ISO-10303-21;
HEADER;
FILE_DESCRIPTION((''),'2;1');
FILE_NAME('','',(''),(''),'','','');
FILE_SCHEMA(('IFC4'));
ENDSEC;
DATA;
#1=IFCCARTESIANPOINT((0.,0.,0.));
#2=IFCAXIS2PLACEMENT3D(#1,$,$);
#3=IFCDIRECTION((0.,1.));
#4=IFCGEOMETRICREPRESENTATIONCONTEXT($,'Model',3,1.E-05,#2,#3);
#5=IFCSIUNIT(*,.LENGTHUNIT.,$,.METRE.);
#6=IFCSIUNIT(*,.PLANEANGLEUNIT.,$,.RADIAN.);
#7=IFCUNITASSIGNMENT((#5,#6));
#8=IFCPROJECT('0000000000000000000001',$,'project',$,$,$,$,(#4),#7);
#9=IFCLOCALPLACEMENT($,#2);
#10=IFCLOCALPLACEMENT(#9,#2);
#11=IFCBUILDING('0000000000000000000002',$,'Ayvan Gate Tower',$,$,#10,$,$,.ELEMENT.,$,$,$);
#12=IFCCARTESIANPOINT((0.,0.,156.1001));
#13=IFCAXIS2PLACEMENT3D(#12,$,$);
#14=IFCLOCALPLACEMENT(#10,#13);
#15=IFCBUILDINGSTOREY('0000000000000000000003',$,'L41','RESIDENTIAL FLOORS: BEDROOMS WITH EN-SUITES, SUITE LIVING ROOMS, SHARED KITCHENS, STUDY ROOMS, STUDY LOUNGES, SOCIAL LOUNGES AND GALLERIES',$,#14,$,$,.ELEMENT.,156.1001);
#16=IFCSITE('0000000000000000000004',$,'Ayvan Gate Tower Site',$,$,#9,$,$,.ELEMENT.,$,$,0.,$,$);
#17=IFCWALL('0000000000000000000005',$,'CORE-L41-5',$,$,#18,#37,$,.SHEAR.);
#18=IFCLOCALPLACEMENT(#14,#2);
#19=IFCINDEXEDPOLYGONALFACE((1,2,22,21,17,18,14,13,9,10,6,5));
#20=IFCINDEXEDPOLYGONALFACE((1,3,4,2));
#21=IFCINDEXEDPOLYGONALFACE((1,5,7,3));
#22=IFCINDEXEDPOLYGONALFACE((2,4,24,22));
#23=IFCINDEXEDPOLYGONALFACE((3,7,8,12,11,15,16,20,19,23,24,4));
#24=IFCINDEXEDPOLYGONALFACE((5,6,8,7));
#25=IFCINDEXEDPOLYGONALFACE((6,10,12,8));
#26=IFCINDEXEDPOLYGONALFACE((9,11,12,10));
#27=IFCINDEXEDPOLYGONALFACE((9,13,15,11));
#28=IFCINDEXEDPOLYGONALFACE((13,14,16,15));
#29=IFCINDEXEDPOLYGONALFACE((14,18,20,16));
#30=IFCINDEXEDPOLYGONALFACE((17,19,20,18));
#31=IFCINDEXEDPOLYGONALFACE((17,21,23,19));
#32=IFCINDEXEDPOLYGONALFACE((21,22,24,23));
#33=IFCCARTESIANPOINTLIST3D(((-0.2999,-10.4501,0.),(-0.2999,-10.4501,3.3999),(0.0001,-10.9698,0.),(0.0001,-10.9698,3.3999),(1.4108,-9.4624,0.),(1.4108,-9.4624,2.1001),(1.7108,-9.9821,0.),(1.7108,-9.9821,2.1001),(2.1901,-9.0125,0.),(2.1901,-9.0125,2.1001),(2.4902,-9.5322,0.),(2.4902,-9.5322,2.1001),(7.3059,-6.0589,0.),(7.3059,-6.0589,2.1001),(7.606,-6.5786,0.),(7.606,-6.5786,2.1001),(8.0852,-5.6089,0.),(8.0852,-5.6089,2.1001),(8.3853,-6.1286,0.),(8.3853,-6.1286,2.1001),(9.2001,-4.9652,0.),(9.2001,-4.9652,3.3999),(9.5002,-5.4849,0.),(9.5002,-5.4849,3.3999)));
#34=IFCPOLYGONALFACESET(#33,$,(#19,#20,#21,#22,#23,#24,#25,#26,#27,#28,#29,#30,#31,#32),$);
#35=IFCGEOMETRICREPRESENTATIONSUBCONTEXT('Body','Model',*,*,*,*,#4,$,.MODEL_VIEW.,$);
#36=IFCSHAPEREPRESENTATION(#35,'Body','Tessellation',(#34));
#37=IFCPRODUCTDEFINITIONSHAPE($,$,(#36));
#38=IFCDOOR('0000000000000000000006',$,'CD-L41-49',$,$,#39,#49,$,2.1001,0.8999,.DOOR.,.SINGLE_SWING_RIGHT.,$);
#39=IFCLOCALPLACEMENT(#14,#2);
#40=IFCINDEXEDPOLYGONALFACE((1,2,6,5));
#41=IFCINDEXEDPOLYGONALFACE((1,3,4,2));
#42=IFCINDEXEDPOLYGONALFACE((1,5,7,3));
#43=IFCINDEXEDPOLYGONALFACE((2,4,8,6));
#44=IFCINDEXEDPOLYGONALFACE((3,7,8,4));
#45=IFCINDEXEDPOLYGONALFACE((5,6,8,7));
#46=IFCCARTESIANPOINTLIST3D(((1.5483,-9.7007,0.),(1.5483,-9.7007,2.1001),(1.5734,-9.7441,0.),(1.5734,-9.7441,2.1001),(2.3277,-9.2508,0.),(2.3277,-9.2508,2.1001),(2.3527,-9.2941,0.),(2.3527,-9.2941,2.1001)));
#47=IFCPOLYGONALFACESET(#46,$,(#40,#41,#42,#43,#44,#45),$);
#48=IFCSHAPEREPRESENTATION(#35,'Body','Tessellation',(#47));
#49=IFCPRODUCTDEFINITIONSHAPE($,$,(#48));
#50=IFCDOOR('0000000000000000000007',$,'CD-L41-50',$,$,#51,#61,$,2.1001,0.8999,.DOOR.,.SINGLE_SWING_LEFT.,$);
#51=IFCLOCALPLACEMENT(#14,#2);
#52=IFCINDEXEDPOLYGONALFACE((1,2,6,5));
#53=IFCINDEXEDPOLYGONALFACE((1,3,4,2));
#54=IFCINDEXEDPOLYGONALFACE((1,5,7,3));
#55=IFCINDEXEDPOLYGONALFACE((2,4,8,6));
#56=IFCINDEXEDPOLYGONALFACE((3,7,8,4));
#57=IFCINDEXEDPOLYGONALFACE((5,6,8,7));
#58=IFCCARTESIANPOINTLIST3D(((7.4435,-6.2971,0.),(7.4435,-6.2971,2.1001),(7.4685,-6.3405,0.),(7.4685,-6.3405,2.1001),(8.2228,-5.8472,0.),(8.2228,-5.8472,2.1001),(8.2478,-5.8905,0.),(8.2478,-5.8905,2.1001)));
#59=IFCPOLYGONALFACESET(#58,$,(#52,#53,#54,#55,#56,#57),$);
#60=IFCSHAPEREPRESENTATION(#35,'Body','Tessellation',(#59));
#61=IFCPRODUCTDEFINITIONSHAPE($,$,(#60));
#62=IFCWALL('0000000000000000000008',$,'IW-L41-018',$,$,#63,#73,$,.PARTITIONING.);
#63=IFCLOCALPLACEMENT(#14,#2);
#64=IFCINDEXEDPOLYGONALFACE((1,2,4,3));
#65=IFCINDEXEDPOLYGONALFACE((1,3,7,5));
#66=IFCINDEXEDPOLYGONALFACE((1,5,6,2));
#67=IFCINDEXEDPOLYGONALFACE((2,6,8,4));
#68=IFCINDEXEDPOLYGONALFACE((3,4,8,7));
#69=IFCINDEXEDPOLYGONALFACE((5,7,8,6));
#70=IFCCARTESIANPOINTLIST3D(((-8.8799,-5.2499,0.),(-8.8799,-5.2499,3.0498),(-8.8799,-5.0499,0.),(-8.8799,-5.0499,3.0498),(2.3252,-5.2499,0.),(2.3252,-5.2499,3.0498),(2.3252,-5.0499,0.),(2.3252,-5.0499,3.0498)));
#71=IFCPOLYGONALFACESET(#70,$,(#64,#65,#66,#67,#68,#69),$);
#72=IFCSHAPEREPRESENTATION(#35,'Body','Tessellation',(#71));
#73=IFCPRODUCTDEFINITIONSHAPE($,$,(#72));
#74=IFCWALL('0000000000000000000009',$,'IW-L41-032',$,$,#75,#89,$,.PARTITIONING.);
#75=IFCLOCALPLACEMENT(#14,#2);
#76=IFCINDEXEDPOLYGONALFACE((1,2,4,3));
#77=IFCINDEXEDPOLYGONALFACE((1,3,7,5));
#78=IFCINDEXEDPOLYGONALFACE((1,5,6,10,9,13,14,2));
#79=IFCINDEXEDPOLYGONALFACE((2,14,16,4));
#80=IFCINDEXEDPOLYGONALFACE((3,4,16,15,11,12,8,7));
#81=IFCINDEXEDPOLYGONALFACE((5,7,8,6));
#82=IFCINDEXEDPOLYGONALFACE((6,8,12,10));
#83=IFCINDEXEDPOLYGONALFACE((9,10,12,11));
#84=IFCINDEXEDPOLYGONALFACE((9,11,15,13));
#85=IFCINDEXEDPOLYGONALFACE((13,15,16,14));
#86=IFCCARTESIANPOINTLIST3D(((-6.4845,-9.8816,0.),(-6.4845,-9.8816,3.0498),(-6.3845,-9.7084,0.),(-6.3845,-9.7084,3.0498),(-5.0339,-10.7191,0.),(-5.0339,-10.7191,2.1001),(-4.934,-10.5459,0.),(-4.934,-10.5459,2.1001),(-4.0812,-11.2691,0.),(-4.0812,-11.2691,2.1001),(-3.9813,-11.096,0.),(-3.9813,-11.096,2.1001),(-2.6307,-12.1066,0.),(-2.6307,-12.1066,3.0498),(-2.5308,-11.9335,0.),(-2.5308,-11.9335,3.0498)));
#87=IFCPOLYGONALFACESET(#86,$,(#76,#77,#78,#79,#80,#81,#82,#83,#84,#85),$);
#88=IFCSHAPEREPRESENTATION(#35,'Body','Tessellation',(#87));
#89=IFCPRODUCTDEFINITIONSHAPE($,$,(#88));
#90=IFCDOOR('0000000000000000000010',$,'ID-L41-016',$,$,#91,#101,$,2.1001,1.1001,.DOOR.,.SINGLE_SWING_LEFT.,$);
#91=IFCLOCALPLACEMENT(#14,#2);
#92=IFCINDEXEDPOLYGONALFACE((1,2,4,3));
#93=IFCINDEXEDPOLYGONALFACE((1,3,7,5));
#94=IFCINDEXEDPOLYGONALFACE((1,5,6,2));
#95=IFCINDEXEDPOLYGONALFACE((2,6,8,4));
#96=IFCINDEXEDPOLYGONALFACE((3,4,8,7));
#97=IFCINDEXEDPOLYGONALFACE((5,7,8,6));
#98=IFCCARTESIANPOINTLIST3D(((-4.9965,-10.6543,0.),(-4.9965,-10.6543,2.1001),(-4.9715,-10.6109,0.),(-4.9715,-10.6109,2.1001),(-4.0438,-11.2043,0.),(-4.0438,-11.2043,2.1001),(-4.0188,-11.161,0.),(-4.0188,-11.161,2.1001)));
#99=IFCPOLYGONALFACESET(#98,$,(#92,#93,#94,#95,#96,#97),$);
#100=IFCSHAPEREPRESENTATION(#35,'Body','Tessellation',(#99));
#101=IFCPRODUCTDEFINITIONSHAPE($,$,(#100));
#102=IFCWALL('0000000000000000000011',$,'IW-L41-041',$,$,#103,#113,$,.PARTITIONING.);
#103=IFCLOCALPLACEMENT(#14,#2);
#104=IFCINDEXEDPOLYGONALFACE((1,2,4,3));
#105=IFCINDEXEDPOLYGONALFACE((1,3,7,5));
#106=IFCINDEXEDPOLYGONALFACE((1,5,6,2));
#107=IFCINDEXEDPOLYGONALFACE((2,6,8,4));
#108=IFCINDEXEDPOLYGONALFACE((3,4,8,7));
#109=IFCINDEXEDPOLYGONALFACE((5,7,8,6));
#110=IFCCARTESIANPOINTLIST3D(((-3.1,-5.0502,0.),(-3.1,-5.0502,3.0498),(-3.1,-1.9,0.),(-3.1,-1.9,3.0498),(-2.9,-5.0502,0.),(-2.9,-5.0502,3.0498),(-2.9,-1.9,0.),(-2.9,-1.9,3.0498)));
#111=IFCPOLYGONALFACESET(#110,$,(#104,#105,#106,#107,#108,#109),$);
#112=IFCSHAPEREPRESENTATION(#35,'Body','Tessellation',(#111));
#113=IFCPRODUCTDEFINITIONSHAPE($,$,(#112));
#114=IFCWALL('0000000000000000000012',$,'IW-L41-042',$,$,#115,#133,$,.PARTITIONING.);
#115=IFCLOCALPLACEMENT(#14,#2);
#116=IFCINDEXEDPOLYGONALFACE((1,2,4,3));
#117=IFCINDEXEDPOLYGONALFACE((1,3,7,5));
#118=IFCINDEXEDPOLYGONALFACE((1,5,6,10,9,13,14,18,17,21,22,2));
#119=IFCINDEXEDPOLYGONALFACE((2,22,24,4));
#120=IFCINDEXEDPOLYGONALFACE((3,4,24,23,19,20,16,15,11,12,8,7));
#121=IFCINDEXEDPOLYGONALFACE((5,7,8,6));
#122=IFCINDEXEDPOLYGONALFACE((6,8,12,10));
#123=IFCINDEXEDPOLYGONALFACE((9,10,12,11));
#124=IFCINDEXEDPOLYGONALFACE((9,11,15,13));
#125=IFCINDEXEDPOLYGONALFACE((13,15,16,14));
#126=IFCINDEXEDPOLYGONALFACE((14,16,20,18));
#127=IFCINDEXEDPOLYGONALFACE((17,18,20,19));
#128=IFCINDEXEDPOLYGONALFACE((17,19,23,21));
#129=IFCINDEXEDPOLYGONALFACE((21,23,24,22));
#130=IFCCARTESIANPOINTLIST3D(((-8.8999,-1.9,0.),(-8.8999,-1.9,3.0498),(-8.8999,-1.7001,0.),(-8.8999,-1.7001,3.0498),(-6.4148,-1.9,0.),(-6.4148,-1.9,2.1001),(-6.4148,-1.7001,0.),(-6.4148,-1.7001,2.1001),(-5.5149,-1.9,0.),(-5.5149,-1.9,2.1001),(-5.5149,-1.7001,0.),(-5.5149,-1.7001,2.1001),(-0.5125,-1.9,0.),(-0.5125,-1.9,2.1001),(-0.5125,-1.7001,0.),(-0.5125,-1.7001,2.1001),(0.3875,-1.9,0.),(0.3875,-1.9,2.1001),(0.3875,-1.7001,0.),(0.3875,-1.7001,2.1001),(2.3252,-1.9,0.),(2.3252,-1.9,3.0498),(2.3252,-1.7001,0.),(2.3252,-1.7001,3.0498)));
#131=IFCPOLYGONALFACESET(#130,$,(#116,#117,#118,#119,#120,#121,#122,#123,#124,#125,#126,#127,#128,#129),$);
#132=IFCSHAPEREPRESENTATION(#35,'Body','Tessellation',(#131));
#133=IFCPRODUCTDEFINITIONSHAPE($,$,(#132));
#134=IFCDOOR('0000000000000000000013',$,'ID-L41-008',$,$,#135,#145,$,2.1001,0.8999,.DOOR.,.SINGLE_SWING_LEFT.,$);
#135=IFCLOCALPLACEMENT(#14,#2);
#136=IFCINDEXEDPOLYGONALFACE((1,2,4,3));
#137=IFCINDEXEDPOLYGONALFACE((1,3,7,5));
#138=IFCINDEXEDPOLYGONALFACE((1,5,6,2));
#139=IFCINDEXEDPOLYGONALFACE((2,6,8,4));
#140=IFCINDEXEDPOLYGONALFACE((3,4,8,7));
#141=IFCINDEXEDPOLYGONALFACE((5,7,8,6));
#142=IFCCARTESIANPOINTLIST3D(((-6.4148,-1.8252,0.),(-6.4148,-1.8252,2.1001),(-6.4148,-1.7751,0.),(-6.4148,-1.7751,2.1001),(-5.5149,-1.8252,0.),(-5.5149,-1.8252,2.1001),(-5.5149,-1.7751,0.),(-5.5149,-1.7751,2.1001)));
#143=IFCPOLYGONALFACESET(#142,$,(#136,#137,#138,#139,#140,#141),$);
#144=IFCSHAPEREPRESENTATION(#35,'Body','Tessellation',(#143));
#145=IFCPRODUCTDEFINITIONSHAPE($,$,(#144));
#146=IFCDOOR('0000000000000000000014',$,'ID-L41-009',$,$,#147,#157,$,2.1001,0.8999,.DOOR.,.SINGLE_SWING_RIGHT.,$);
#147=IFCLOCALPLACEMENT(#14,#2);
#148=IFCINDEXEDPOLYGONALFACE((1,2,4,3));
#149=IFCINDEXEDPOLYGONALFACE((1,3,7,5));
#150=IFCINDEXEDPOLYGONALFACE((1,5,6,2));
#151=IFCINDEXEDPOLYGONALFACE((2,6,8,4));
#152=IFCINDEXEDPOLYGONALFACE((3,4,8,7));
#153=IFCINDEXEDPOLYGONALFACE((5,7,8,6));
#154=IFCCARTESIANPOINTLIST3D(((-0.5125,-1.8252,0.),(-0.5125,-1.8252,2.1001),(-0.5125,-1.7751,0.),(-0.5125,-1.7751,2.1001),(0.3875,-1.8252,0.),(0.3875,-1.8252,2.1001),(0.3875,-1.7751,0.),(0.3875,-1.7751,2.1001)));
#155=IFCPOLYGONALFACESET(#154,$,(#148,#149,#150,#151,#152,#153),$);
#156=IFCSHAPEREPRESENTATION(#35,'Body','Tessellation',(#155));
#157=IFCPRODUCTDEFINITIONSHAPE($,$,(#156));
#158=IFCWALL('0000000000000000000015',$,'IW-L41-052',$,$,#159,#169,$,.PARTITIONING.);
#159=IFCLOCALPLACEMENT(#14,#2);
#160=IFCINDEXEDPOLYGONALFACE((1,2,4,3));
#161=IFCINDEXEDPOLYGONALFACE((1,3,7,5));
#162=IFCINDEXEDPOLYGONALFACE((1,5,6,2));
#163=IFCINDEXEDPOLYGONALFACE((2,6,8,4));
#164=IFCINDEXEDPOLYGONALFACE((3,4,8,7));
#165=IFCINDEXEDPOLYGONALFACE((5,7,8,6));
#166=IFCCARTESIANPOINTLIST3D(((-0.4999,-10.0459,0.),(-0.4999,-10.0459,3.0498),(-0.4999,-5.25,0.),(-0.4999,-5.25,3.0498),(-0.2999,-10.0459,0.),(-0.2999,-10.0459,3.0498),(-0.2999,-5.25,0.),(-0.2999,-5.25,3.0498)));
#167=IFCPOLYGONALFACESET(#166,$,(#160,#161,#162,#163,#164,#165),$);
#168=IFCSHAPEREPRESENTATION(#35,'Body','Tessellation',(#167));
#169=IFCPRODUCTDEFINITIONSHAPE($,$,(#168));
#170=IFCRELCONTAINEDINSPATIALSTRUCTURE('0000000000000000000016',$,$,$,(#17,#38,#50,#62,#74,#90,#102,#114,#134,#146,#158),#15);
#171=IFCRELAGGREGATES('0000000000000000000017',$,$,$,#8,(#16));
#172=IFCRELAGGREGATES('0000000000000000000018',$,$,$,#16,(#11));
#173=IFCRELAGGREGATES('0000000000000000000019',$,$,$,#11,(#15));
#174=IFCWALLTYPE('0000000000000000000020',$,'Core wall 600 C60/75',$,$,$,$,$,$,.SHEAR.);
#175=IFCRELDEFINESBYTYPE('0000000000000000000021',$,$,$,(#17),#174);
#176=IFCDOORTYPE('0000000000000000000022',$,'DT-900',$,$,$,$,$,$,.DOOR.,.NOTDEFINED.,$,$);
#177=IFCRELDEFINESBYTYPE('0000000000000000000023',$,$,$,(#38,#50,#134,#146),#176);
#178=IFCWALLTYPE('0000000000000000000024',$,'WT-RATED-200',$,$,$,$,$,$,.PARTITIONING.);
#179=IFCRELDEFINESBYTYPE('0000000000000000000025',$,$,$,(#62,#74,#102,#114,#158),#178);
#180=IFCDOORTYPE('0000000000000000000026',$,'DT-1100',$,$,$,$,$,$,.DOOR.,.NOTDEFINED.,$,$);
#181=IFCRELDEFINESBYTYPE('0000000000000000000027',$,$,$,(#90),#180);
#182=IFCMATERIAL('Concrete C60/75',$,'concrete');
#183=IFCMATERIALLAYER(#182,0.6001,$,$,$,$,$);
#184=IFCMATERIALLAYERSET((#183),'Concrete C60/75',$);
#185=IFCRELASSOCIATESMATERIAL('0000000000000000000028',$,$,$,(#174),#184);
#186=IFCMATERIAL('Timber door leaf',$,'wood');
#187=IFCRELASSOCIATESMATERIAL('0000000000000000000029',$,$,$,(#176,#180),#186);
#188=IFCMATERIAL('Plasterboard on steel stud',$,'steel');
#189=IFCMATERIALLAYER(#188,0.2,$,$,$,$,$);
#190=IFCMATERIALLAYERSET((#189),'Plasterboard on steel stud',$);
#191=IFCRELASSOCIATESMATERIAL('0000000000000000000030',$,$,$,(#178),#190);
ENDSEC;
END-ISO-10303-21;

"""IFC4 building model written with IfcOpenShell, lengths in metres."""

from ifc_helpers import new_model, si_unit, direction, frame, frame_2d, origin, place, context, subcontext, project, spatial, rectangle, extrude, material, layer, layer_set, type_object, element, fill, save


model = new_model("IFC4")

# Units and contexts
model_context = context("Model", 3, precision=1e-05, world=origin(), true_north=direction((0.0, 1.0)))
body_context = subcontext(model_context, "Body", "Model", "MODEL_VIEW")
ifc_project = project(units=[si_unit("LENGTHUNIT", "METRE"), si_unit("PLANEANGLEUNIT", "RADIAN")], contexts=[model_context])

# Site, building, storey
site_placement = place(None, origin())
site = spatial("IfcSite", under=ifc_project, at=site_placement, Name="Ayvan Gate Tower Site", CompositionType="ELEMENT", RefElevation=0.0)
building_placement = place(site_placement, origin())
building = spatial("IfcBuilding", under=site, at=building_placement, Name="Ayvan Gate Tower", CompositionType="ELEMENT")
storey_placement = place(building_placement, frame((0.0, 0.0, 156.1001)))
storey = spatial("IfcBuildingStorey", under=building, at=storey_placement, Name="L41", Description="RESIDENTIAL FLOORS: BEDROOMS WITH EN-SUITES, SUITE LIVING ROOMS, SHARED KITCHENS, STUDY ROOMS, STUDY LOUNGES, SOCIAL LOUNGES AND GALLERIES", CompositionType="ELEMENT", Elevation=156.1001)

# Wall, openings, doors
ifc_material_1 = material(Name="Concrete C60/75", Category="concrete")
ifc_layer_1 = layer(ifc_material_1, 0.6001)
ifc_layer_set_1 = layer_set([ifc_layer_1], Name="Concrete C60/75")
wall_type_1 = type_object("IfcWallType", Name="Core wall 600 C60/75", PredefinedType="SHEAR", material=ifc_layer_set_1)
wall_1_placement = place(storey_placement, frame((-0.1499, -10.71, 0.0), z_axis=(0.0, 0.0, 1.0), x_axis=(0.866024, 0.500002, 0.0)))
wall_1 = element("IfcWall", 1, at=wall_1_placement, inside=storey, type_object=wall_type_1, Name="CORE-L41-5", PredefinedType="SHEAR", context=body_context, shape_type="SweptSolid", body=[
    extrude(rectangle(XDim=10.9697, YDim=0.6001, at=frame_2d((5.4849, 0.0))), origin(), (0.0, 0.0, 1.0), 3.3999),
])
opening_1_placement = place(wall_1_placement, frame((1.9753, 0.0, 0.0)))
opening_1 = element("IfcOpeningElement", 2, at=opening_1_placement, cuts=wall_1, PredefinedType="OPENING", context=body_context, shape_type="SweptSolid", body=[
    extrude(rectangle(XDim=0.8999, YDim=2.1001, at=frame_2d((0.45, 1.05))), frame((0.0, 0.3101, 0.0), z_axis=(0.0, -1.0, 0.0), x_axis=(1.0, 0.0, 0.0)), (0.0, 0.0, 1.0), 0.6201),
])
opening_2_placement = place(wall_1_placement, frame((8.7825, 0.0, 0.0)))
opening_2 = element("IfcOpeningElement", 3, at=opening_2_placement, cuts=wall_1, PredefinedType="OPENING", context=body_context, shape_type="SweptSolid", body=[
    extrude(rectangle(XDim=0.8999, YDim=2.1001, at=frame_2d((0.45, 1.05))), frame((0.0, 0.3101, 0.0), z_axis=(0.0, -1.0, 0.0), x_axis=(1.0, 0.0, 0.0)), (0.0, 0.0, 1.0), 0.6201),
])
ifc_material_2 = material(Name="Timber door leaf", Category="wood")
door_type_1 = type_object("IfcDoorType", Name="DT-900", OperationType="NOTDEFINED", PredefinedType="DOOR", material=ifc_material_2)
door_1_placement = place(opening_1_placement, origin())
door_1 = element("IfcDoor", 4, at=door_1_placement, inside=storey, type_object=door_type_1, Name="CD-L41-49", OperationType="SINGLE_SWING_RIGHT", OverallHeight=2.1001, OverallWidth=0.8999, PredefinedType="DOOR", context=body_context, shape_type="SweptSolid", body=[
    extrude(rectangle(XDim=0.8999, YDim=2.1001, at=frame_2d((0.45, 1.05))), frame((0.0, 0.0249, 0.0), z_axis=(0.0, -1.0, 0.0), x_axis=(1.0, 0.0, 0.0)), (0.0, 0.0, 1.0), 0.05),
])
fill(opening_1, door_1)
door_2_placement = place(opening_2_placement, origin())
door_2 = element("IfcDoor", 5, at=door_2_placement, inside=storey, type_object=door_type_1, Name="CD-L41-50", OperationType="SINGLE_SWING_LEFT", OverallHeight=2.1001, OverallWidth=0.8999, PredefinedType="DOOR", context=body_context, shape_type="SweptSolid", body=[
    extrude(rectangle(XDim=0.8999, YDim=2.1001, at=frame_2d((0.45, 1.05))), frame((0.0, 0.0249, 0.0), z_axis=(0.0, -1.0, 0.0), x_axis=(1.0, 0.0, 0.0)), (0.0, 0.0, 1.0), 0.05),
])
fill(opening_2, door_2)

# Wall
ifc_material_3 = material(Name="Plasterboard on steel stud", Category="steel")
ifc_layer_2 = layer(ifc_material_3, 0.2)
ifc_layer_set_2 = layer_set([ifc_layer_2], Name="Plasterboard on steel stud")
wall_type_2 = type_object("IfcWallType", Name="WT-RATED-200", PredefinedType="PARTITIONING", material=ifc_layer_set_2)
wall_2_placement = place(storey_placement, frame((-8.8799, -5.1499, 0.0), z_axis=(0.0, 0.0, 1.0), x_axis=(1.0, 0.0, 0.0)))
element("IfcWall", 6, at=wall_2_placement, inside=storey, type_object=wall_type_2, Name="IW-L41-018", PredefinedType="PARTITIONING", context=body_context, shape_type="SweptSolid", body=[
    extrude(rectangle(XDim=11.2051, YDim=0.2, at=frame_2d((5.6025, 0.0))), origin(), (0.0, 0.0, 1.0), 3.0498),
])

# Wall, opening, door
wall_3_placement = place(storey_placement, frame((-6.4346, -9.7949, 0.0), z_axis=(0.0, 0.0, 1.0), x_axis=(0.866013, -0.500022, 0.0)))
wall_3 = element("IfcWall", 7, at=wall_3_placement, inside=storey, type_object=wall_type_2, Name="IW-L41-032", PredefinedType="PARTITIONING", context=body_context, shape_type="SweptSolid", body=[
    extrude(rectangle(XDim=4.45, YDim=0.2, at=frame_2d((2.2251, 0.0))), origin(), (0.0, 0.0, 1.0), 3.0498),
])
opening_3_placement = place(wall_3_placement, frame((1.675, 0.0, 0.0)))
opening_3 = element("IfcOpeningElement", 8, at=opening_3_placement, cuts=wall_3, PredefinedType="OPENING", context=body_context, shape_type="SweptSolid", body=[
    extrude(rectangle(XDim=1.1001, YDim=2.1001, at=frame_2d((0.55, 1.05))), frame((0.0, 0.1099, 0.0), z_axis=(0.0, -1.0, 0.0), x_axis=(1.0, 0.0, 0.0)), (0.0, 0.0, 1.0), 0.22),
])
door_type_2 = type_object("IfcDoorType", Name="DT-1100", OperationType="NOTDEFINED", PredefinedType="DOOR", material=ifc_material_2)
door_3_placement = place(opening_3_placement, origin())
door_3 = element("IfcDoor", 9, at=door_3_placement, inside=storey, type_object=door_type_2, Name="ID-L41-016", OperationType="SINGLE_SWING_LEFT", OverallHeight=2.1001, OverallWidth=1.1001, PredefinedType="DOOR", context=body_context, shape_type="SweptSolid", body=[
    extrude(rectangle(XDim=1.1001, YDim=2.1001, at=frame_2d((0.55, 1.05))), frame((0.0, 0.0249, 0.0), z_axis=(0.0, -1.0, 0.0), x_axis=(1.0, 0.0, 0.0)), (0.0, 0.0, 1.0), 0.05),
])
fill(opening_3, door_3)

# Wall
wall_4_placement = place(storey_placement, frame((-3.0, -1.8999, 0.0), z_axis=(0.0, 0.0, 1.0), x_axis=(0.0, -1.0, 0.0)))
element("IfcWall", 10, at=wall_4_placement, inside=storey, type_object=wall_type_2, Name="IW-L41-041", PredefinedType="PARTITIONING", context=body_context, shape_type="SweptSolid", body=[
    extrude(rectangle(XDim=3.1501, YDim=0.2, at=frame_2d((1.5752, 0.0))), origin(), (0.0, 0.0, 1.0), 3.0498),
])

# Wall, openings, doors
wall_5_placement = place(storey_placement, frame((-8.8999, -1.8, 0.0), z_axis=(0.0, 0.0, 1.0), x_axis=(1.0, 0.0, 0.0)))
wall_5 = element("IfcWall", 11, at=wall_5_placement, inside=storey, type_object=wall_type_2, Name="IW-L41-042", PredefinedType="PARTITIONING", context=body_context, shape_type="SweptSolid", body=[
    extrude(rectangle(XDim=11.2251, YDim=0.2, at=frame_2d((5.6125, 0.0))), origin(), (0.0, 0.0, 1.0), 3.0498),
])
opening_4_placement = place(wall_5_placement, frame((2.4851, 0.0, 0.0)))
opening_4 = element("IfcOpeningElement", 12, at=opening_4_placement, cuts=wall_5, PredefinedType="OPENING", context=body_context, shape_type="SweptSolid", body=[
    extrude(rectangle(XDim=0.8999, YDim=2.1001, at=frame_2d((0.45, 1.05))), frame((0.0, 0.1099, 0.0), z_axis=(0.0, -1.0, 0.0), x_axis=(1.0, 0.0, 0.0)), (0.0, 0.0, 1.0), 0.22),
])
opening_5_placement = place(wall_5_placement, frame((8.3875, 0.0, 0.0)))
opening_5 = element("IfcOpeningElement", 13, at=opening_5_placement, cuts=wall_5, PredefinedType="OPENING", context=body_context, shape_type="SweptSolid", body=[
    extrude(rectangle(XDim=0.8999, YDim=2.1001, at=frame_2d((0.45, 1.05))), frame((0.0, 0.1099, 0.0), z_axis=(0.0, -1.0, 0.0), x_axis=(1.0, 0.0, 0.0)), (0.0, 0.0, 1.0), 0.22),
])
door_4_placement = place(opening_4_placement, origin())
door_4 = element("IfcDoor", 14, at=door_4_placement, inside=storey, type_object=door_type_1, Name="ID-L41-008", OperationType="SINGLE_SWING_LEFT", OverallHeight=2.1001, OverallWidth=0.8999, PredefinedType="DOOR", context=body_context, shape_type="SweptSolid", body=[
    extrude(rectangle(XDim=0.8999, YDim=2.1001, at=frame_2d((0.45, 1.05))), frame((0.0, 0.0249, 0.0), z_axis=(0.0, -1.0, 0.0), x_axis=(1.0, 0.0, 0.0)), (0.0, 0.0, 1.0), 0.05),
])
fill(opening_4, door_4)
door_5_placement = place(opening_5_placement, origin())
door_5 = element("IfcDoor", 15, at=door_5_placement, inside=storey, type_object=door_type_1, Name="ID-L41-009", OperationType="SINGLE_SWING_RIGHT", OverallHeight=2.1001, OverallWidth=0.8999, PredefinedType="DOOR", context=body_context, shape_type="SweptSolid", body=[
    extrude(rectangle(XDim=0.8999, YDim=2.1001, at=frame_2d((0.45, 1.05))), frame((0.0, 0.0249, 0.0), z_axis=(0.0, -1.0, 0.0), x_axis=(1.0, 0.0, 0.0)), (0.0, 0.0, 1.0), 0.05),
])
fill(opening_5, door_5)

# Wall
wall_6_placement = place(storey_placement, frame((-0.3999, -5.25, 0.0), z_axis=(0.0, 0.0, 1.0), x_axis=(0.0, -1.0, 0.0)))
element("IfcWall", 16, at=wall_6_placement, inside=storey, type_object=wall_type_2, Name="IW-L41-052", PredefinedType="PARTITIONING", context=body_context, shape_type="SweptSolid", body=[
    extrude(rectangle(XDim=4.7959, YDim=0.2, at=frame_2d((2.3979, 0.0))), origin(), (0.0, 0.0, 1.0), 3.0498),
])

save(model, "model.ifc")
